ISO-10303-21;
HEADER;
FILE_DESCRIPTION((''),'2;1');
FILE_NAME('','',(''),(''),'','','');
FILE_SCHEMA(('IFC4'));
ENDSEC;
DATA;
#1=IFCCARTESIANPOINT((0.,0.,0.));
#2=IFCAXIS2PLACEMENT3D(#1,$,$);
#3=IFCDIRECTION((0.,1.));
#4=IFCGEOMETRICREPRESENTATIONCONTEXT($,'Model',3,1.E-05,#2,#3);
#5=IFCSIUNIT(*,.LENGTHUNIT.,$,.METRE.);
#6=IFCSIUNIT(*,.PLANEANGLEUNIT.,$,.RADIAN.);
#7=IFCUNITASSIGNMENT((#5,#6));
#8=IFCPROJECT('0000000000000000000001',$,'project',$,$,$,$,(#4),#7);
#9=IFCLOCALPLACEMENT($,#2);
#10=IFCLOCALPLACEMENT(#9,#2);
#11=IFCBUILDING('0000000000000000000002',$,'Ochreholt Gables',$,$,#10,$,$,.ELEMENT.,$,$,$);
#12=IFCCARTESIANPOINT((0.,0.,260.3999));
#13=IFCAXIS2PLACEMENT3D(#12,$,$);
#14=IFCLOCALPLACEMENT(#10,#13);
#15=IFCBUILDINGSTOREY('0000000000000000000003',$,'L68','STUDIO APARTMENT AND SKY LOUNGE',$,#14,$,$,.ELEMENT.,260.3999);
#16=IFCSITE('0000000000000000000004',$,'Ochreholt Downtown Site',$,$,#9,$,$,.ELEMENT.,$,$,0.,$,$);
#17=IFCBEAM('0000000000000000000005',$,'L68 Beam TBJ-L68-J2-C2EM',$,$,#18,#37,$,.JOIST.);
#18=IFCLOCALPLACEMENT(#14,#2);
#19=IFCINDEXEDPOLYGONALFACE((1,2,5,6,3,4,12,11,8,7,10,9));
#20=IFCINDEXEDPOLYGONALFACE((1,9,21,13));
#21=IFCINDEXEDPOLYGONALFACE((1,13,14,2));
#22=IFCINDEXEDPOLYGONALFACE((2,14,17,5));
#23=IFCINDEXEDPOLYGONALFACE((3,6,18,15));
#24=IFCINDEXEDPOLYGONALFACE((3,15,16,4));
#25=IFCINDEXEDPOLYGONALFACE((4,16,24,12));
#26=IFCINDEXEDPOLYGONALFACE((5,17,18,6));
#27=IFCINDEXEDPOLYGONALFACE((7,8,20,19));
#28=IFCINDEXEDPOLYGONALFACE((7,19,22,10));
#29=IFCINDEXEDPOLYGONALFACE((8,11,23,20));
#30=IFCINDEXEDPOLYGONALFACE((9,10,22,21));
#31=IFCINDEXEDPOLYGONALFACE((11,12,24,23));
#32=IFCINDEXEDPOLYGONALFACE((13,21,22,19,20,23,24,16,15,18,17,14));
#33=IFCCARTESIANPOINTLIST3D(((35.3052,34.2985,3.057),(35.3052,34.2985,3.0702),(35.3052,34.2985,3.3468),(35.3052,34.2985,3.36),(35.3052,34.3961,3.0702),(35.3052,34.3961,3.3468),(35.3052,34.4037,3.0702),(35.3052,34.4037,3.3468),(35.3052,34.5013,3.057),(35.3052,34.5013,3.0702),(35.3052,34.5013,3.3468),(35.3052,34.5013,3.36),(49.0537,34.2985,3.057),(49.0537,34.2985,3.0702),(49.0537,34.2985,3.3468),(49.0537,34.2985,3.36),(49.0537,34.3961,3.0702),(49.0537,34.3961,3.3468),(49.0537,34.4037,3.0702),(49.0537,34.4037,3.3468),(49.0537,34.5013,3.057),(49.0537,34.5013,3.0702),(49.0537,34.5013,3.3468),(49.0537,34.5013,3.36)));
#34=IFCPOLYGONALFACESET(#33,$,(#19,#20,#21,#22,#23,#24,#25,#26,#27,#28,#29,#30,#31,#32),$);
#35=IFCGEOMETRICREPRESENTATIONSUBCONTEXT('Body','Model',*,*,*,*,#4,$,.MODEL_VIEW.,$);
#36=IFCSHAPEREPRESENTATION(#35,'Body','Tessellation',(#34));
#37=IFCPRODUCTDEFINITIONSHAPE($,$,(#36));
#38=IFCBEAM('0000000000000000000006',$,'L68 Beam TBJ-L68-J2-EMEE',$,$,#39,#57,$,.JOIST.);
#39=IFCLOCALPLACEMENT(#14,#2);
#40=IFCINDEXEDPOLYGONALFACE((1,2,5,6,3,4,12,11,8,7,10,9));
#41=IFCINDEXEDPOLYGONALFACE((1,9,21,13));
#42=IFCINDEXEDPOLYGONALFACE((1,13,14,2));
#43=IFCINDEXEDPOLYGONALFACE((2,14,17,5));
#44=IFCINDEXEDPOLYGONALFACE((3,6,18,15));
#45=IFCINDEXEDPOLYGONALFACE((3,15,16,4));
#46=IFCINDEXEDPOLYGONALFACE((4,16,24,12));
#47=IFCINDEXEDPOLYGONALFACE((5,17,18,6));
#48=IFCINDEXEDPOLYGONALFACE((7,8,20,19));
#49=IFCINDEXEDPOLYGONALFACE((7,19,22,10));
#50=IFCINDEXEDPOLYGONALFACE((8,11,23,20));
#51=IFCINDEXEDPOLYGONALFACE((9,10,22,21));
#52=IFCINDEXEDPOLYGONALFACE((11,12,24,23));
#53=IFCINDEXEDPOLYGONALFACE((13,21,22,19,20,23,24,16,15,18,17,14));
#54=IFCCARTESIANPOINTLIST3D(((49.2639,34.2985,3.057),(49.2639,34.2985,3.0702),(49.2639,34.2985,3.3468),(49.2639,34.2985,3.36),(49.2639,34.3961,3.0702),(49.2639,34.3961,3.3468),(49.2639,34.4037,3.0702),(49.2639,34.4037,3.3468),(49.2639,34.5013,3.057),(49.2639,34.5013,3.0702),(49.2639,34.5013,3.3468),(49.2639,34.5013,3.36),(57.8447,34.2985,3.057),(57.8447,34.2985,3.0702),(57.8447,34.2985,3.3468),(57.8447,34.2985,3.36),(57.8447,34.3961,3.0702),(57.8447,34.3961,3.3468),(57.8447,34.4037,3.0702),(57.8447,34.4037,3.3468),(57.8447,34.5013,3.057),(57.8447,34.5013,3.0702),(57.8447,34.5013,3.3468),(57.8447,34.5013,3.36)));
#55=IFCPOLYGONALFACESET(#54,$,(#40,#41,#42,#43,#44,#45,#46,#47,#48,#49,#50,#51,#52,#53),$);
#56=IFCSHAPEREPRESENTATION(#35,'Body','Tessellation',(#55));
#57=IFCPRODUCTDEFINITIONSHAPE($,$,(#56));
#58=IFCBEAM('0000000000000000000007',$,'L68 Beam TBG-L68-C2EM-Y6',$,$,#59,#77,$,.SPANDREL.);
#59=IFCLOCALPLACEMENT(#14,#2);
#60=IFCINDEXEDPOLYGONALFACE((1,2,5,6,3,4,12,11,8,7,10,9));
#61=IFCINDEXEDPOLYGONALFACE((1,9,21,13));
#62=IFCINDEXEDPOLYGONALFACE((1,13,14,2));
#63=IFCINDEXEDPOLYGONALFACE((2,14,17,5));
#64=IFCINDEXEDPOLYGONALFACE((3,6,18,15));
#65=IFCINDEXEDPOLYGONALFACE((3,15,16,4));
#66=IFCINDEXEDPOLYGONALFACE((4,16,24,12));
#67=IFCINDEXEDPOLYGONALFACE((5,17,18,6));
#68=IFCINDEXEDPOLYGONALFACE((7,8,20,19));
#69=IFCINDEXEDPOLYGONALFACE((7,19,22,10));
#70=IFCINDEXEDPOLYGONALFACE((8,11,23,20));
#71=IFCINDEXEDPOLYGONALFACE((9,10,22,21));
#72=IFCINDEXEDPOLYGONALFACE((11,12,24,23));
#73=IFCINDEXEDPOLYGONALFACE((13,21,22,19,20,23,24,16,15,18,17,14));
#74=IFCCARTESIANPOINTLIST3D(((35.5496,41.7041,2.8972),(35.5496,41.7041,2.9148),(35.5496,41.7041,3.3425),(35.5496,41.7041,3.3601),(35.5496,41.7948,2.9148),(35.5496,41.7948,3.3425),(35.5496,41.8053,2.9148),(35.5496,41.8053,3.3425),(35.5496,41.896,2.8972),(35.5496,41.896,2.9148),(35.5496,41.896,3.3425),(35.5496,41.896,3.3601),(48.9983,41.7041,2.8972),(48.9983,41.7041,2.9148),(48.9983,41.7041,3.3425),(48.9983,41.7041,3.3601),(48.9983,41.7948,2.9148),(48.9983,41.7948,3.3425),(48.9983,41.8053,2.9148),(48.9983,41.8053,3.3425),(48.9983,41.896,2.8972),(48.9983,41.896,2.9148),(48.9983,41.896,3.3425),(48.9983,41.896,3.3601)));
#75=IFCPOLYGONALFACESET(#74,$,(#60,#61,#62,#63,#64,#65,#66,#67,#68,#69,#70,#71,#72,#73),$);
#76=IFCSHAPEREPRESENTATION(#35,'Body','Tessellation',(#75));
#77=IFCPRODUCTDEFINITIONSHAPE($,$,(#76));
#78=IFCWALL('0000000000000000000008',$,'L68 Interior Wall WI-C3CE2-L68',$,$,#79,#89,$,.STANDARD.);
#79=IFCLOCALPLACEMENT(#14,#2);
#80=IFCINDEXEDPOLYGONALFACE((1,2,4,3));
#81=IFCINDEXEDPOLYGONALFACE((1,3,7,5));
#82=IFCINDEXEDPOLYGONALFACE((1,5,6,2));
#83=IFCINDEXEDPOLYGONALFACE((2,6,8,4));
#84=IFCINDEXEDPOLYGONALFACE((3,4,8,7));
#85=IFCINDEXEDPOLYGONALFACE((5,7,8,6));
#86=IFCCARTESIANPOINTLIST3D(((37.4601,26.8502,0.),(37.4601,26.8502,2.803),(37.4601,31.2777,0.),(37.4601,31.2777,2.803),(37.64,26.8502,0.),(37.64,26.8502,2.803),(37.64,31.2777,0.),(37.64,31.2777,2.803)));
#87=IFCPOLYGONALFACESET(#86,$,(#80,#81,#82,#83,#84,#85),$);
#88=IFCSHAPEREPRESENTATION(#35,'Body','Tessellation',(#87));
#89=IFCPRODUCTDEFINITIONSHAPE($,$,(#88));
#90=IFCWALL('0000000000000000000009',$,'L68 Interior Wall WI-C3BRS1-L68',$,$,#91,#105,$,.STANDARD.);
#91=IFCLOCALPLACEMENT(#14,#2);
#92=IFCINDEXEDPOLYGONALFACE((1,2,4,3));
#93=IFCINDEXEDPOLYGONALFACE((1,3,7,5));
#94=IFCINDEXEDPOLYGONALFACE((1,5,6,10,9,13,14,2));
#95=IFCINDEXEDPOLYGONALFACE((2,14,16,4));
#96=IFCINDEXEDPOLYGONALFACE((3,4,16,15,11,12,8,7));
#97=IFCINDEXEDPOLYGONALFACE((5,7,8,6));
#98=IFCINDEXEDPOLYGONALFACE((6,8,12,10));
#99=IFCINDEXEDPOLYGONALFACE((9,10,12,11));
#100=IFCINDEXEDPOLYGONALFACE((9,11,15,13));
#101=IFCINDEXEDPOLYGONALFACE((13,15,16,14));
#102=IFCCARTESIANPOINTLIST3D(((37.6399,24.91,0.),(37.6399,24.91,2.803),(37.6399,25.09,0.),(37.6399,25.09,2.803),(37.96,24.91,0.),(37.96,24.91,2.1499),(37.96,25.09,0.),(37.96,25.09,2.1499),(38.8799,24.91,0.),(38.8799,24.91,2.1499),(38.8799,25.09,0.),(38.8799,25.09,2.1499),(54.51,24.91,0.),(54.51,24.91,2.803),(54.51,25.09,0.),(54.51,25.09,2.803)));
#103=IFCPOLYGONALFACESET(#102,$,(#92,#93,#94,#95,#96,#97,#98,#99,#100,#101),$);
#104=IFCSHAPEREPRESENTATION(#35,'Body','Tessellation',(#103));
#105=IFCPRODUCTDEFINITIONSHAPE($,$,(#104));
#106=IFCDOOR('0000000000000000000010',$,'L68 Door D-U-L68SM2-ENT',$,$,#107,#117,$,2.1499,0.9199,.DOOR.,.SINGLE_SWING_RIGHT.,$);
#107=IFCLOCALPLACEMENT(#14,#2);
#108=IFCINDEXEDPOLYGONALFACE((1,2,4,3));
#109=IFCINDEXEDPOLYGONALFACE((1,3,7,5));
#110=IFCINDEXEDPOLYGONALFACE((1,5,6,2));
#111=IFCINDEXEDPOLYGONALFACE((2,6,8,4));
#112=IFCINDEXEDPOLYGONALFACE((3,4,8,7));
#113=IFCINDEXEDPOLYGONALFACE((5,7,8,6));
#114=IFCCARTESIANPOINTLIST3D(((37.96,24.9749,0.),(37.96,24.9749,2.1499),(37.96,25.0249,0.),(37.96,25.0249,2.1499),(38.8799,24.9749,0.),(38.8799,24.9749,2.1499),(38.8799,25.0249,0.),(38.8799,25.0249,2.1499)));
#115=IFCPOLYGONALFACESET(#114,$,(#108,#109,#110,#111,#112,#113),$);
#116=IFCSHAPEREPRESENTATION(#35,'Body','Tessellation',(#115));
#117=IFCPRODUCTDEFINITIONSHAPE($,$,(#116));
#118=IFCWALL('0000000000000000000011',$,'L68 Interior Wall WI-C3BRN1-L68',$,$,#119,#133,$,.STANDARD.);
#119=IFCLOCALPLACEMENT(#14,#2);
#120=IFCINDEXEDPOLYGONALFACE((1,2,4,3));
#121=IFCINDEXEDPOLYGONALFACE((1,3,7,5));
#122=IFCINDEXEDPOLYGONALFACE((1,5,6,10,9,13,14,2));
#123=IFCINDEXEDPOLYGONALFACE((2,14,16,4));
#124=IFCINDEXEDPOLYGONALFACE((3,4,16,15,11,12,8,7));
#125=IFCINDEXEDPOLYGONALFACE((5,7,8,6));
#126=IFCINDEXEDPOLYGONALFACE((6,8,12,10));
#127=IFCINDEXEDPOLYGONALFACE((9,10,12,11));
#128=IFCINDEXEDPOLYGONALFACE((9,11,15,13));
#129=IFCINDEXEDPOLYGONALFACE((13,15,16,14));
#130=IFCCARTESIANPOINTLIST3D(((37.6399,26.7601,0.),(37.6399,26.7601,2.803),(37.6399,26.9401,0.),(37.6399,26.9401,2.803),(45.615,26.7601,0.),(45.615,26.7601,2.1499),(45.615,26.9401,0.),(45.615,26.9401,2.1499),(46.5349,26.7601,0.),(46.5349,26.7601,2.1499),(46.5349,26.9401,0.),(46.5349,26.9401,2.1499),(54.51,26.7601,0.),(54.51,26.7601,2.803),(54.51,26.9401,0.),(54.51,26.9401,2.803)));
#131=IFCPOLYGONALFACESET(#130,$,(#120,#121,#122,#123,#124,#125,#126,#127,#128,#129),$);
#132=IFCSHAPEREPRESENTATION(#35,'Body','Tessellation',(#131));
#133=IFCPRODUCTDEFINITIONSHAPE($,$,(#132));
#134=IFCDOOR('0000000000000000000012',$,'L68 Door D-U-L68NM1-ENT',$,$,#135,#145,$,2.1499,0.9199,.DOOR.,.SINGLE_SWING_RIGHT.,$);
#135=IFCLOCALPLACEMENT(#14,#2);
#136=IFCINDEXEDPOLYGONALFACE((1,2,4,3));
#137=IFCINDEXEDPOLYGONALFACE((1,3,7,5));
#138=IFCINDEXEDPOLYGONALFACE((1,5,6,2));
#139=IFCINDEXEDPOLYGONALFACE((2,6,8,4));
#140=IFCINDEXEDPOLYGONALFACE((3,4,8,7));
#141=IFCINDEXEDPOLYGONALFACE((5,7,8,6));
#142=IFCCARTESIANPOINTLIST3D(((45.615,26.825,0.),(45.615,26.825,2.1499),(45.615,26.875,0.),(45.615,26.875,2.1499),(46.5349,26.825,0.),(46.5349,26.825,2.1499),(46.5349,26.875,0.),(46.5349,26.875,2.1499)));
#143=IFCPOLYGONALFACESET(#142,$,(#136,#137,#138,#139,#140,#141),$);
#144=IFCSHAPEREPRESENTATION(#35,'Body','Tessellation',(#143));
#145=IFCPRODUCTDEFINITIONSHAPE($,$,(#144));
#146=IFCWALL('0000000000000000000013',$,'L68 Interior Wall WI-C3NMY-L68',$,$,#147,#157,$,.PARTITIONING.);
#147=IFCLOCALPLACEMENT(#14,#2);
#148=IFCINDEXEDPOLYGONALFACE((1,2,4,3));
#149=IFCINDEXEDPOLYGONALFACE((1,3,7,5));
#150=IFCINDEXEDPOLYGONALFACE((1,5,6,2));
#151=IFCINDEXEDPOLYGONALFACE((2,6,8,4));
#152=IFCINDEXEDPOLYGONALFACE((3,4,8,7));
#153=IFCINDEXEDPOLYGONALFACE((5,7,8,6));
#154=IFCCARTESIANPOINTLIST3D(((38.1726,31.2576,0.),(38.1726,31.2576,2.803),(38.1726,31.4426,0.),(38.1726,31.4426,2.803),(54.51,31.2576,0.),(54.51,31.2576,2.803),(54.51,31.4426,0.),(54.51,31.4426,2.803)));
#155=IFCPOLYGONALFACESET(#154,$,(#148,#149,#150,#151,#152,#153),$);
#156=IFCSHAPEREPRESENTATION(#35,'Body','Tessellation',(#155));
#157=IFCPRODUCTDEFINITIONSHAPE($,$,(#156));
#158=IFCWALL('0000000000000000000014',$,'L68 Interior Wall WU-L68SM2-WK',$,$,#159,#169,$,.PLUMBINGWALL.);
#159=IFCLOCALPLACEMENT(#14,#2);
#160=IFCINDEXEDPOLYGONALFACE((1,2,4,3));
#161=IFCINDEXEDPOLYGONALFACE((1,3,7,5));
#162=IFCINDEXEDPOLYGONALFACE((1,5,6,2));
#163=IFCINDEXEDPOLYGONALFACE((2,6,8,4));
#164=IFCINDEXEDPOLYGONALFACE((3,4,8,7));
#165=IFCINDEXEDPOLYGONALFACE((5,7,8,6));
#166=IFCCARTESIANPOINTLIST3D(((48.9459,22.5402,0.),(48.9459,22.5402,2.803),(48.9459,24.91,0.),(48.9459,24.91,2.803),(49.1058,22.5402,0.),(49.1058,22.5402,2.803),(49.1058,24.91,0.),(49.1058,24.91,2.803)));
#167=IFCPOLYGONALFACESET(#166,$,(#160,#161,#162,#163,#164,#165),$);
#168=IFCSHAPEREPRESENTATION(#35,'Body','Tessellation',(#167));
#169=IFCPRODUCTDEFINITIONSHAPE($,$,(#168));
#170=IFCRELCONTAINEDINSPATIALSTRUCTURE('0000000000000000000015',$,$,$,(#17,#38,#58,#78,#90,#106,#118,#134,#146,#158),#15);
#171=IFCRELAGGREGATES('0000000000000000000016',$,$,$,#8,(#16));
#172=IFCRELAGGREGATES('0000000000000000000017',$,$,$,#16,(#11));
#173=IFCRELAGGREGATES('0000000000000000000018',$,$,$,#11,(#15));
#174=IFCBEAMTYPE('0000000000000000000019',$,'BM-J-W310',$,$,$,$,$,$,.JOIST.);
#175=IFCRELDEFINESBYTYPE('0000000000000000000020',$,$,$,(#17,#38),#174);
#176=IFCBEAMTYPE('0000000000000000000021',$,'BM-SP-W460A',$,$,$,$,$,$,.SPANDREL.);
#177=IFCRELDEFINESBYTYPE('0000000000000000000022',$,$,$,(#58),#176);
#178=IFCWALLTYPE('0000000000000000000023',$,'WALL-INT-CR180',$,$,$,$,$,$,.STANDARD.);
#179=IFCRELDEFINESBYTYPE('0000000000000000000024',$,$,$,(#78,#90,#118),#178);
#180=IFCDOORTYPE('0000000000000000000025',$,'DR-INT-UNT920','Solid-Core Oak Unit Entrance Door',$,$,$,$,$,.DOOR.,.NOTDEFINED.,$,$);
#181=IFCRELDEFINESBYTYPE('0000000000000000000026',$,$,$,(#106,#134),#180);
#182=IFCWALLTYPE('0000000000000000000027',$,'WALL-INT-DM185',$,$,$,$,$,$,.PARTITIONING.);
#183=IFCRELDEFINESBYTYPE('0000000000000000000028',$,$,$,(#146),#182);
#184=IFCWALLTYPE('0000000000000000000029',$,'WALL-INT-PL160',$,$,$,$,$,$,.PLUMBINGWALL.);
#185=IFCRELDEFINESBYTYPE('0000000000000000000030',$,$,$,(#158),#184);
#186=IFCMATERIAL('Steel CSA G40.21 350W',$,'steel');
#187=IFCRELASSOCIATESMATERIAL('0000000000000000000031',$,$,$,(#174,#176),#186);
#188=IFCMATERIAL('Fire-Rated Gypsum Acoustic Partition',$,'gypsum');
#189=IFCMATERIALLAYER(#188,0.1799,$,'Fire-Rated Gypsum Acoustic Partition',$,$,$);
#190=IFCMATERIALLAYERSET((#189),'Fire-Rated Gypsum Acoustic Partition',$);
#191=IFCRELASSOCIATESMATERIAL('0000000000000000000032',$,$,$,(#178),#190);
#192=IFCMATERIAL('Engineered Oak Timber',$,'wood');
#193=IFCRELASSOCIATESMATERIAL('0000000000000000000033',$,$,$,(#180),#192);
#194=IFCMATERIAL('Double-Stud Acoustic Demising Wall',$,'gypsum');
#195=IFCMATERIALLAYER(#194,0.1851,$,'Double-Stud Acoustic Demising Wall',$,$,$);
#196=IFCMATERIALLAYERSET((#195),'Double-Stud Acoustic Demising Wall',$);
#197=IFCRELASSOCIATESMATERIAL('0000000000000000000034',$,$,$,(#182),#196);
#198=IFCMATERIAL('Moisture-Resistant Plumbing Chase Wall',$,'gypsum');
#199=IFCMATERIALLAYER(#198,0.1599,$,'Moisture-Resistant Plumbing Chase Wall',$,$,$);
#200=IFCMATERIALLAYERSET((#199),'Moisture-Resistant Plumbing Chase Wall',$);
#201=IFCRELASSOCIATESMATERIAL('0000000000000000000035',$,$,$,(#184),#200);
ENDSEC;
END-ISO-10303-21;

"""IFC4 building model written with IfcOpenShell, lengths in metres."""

from ifc_helpers import new_model, si_unit, direction, frame, frame_2d, origin, origin_2d, place, context, subcontext, project, spatial, rectangle, i_section, extrude, material, layer, layer_set, material_profile, profile_set, type_object, element, fill, save


model = new_model("IFC4")

# Units and contexts
model_context = context("Model", 3, precision=1e-05, world=origin(), true_north=direction((0.0, 1.0)))
body_context = subcontext(model_context, "Body", "Model", "MODEL_VIEW")
ifc_project = project(units=[si_unit("LENGTHUNIT", "METRE"), si_unit("PLANEANGLEUNIT", "RADIAN")], contexts=[model_context])

# Site, building, storey
site_placement = place(None, origin())
site = spatial("IfcSite", under=ifc_project, at=site_placement, Name="Ochreholt Downtown Site", CompositionType="ELEMENT", RefElevation=0.0)
building_placement = place(site_placement, origin())
building = spatial("IfcBuilding", under=site, at=building_placement, Name="Ochreholt Gables", CompositionType="ELEMENT")
storey_placement = place(building_placement, frame((0.0, 0.0, 260.3999)))
storey = spatial("IfcBuildingStorey", under=building, at=storey_placement, Name="L68", Description="STUDIO APARTMENT AND SKY LOUNGE", CompositionType="ELEMENT", Elevation=260.3999)

# Shared definitions
ifc_material_1 = material(Name="Steel CSA G40.21 350W", Category="steel")

# Beams
ifc_material_profile_1 = material_profile(ifc_material_1, i_section(OverallWidth=0.2029, OverallDepth=0.303, WebThickness=0.0076, FlangeThickness=0.0132, at=origin_2d()), Name="W310X60")
ifc_profile_set_1 = profile_set([ifc_material_profile_1], Name="Steel CSA G40.21 350W")
beam_type_1 = type_object("IfcBeamType", Name="BM-J-W310", PredefinedType="JOIST", material=ifc_profile_set_1)
beam_1_placement = place(storey_placement, frame((35.3052, 34.3999, 3.2085), z_axis=(1.0, 0.0, 0.0), x_axis=(0.0, 1.0, 0.0)))
element("IfcBeam", 1, at=beam_1_placement, inside=storey, type_object=beam_type_1, Name="L68 Beam TBJ-L68-J2-C2EM", PredefinedType="JOIST", context=body_context, shape_type="SweptSolid", body=[
    extrude(i_section(OverallWidth=0.2029, OverallDepth=0.303, WebThickness=0.0076, FlangeThickness=0.0132, at=origin_2d()), origin(), (0.0, 0.0, 1.0), 13.7485),
])
beam_2_placement = place(storey_placement, frame((49.2639, 34.3999, 3.2085), z_axis=(1.0, 0.0, 0.0), x_axis=(0.0, 1.0, 0.0)))
element("IfcBeam", 2, at=beam_2_placement, inside=storey, type_object=beam_type_1, Name="L68 Beam TBJ-L68-J2-EMEE", PredefinedType="JOIST", context=body_context, shape_type="SweptSolid", body=[
    extrude(i_section(OverallWidth=0.2029, OverallDepth=0.303, WebThickness=0.0076, FlangeThickness=0.0132, at=origin_2d()), origin(), (0.0, 0.0, 1.0), 8.5808),
])
ifc_material_profile_2 = material_profile(ifc_material_1, i_section(OverallWidth=0.1919, OverallDepth=0.4629, WebThickness=0.0105, FlangeThickness=0.0176, at=origin_2d()), Name="W460X89")
ifc_profile_set_2 = profile_set([ifc_material_profile_2], Name="Steel CSA G40.21 350W")
beam_type_2 = type_object("IfcBeamType", Name="BM-SP-W460A", PredefinedType="SPANDREL", material=ifc_profile_set_2)
beam_3_placement = place(storey_placement, frame((35.5496, 41.8, 3.1287), z_axis=(1.0, 0.0, 0.0), x_axis=(0.0, 1.0, 0.0)))
element("IfcBeam", 3, at=beam_3_placement, inside=storey, type_object=beam_type_2, Name="L68 Beam TBG-L68-C2EM-Y6", PredefinedType="SPANDREL", context=body_context, shape_type="SweptSolid", body=[
    extrude(i_section(OverallWidth=0.1919, OverallDepth=0.4629, WebThickness=0.0105, FlangeThickness=0.0176, at=origin_2d()), origin(), (0.0, 0.0, 1.0), 13.4487),
])

# Wall
ifc_material_2 = material(Name="Fire-Rated Gypsum Acoustic Partition", Category="gypsum")
ifc_layer_1 = layer(ifc_material_2, 0.1799, Name="Fire-Rated Gypsum Acoustic Partition")
ifc_layer_set_1 = layer_set([ifc_layer_1], Name="Fire-Rated Gypsum Acoustic Partition")
wall_type_1 = type_object("IfcWallType", Name="WALL-INT-CR180", PredefinedType="STANDARD", material=ifc_layer_set_1)
wall_1_placement = place(storey_placement, frame((37.55, 26.8501, 0.0), z_axis=(0.0, 0.0, 1.0), x_axis=(0.0, 1.0, 0.0)))
element("IfcWall", 4, at=wall_1_placement, inside=storey, type_object=wall_type_1, Name="L68 Interior Wall WI-C3CE2-L68", PredefinedType="STANDARD", context=body_context, shape_type="SweptSolid", body=[
    extrude(rectangle(XDim=4.4275, YDim=0.1799, at=frame_2d((2.2139, 0.0))), origin(), (0.0, 0.0, 1.0), 2.803),
])

# Walls, openings, doors
wall_2_placement = place(storey_placement, frame((37.6399, 25.0, 0.0), z_axis=(0.0, 0.0, 1.0), x_axis=(1.0, 0.0, 0.0)))
wall_2 = element("IfcWall", 5, at=wall_2_placement, inside=storey, type_object=wall_type_1, Name="L68 Interior Wall WI-C3BRS1-L68", PredefinedType="STANDARD", context=body_context, shape_type="SweptSolid", body=[
    extrude(rectangle(XDim=16.8701, YDim=0.1799, at=frame_2d((8.4351, 0.0))), origin(), (0.0, 0.0, 1.0), 2.803),
])
opening_1_placement = place(wall_2_placement, frame((0.3201, 0.0, 0.0)))
opening_1 = element("IfcOpeningElement", 6, at=opening_1_placement, cuts=wall_2, PredefinedType="OPENING", context=body_context, shape_type="SweptSolid", body=[
    extrude(rectangle(XDim=0.9199, YDim=2.1499, at=frame_2d((0.46, 1.075))), frame((0.0, 0.0999, 0.0), z_axis=(0.0, -1.0, 0.0), x_axis=(1.0, 0.0, 0.0)), (0.0, 0.0, 1.0), 0.2),
])
ifc_material_3 = material(Name="Engineered Oak Timber", Category="wood")
door_type_1 = type_object("IfcDoorType", Name="DR-INT-UNT920", Description="Solid-Core Oak Unit Entrance Door", OperationType="NOTDEFINED", PredefinedType="DOOR", material=ifc_material_3)
door_1_placement = place(opening_1_placement, origin())
door_1 = element("IfcDoor", 7, at=door_1_placement, inside=storey, type_object=door_type_1, Name="L68 Door D-U-L68SM2-ENT", OperationType="SINGLE_SWING_RIGHT", OverallHeight=2.1499, OverallWidth=0.9199, PredefinedType="DOOR", context=body_context, shape_type="SweptSolid", body=[
    extrude(rectangle(XDim=0.9199, YDim=2.1499, at=frame_2d((0.46, 1.075))), frame((0.0, 0.0249, 0.0), z_axis=(0.0, -1.0, 0.0), x_axis=(1.0, 0.0, 0.0)), (0.0, 0.0, 1.0), 0.05),
])
fill(opening_1, door_1)
wall_3_placement = place(storey_placement, frame((37.6399, 26.8501, 0.0), z_axis=(0.0, 0.0, 1.0), x_axis=(1.0, 0.0, 0.0)))
wall_3 = element("IfcWall", 8, at=wall_3_placement, inside=storey, type_object=wall_type_1, Name="L68 Interior Wall WI-C3BRN1-L68", PredefinedType="STANDARD", context=body_context, shape_type="SweptSolid", body=[
    extrude(rectangle(XDim=16.8701, YDim=0.1799, at=frame_2d((8.4351, 0.0))), origin(), (0.0, 0.0, 1.0), 2.803),
])
opening_2_placement = place(wall_3_placement, frame((7.9751, 0.0, 0.0)))
opening_2 = element("IfcOpeningElement", 9, at=opening_2_placement, cuts=wall_3, PredefinedType="OPENING", context=body_context, shape_type="SweptSolid", body=[
    extrude(rectangle(XDim=0.9199, YDim=2.1499, at=frame_2d((0.46, 1.075))), frame((0.0, 0.0999, 0.0), z_axis=(0.0, -1.0, 0.0), x_axis=(1.0, 0.0, 0.0)), (0.0, 0.0, 1.0), 0.2),
])
door_2_placement = place(opening_2_placement, origin())
door_2 = element("IfcDoor", 10, at=door_2_placement, inside=storey, type_object=door_type_1, Name="L68 Door D-U-L68NM1-ENT", OperationType="SINGLE_SWING_RIGHT", OverallHeight=2.1499, OverallWidth=0.9199, PredefinedType="DOOR", context=body_context, shape_type="SweptSolid", body=[
    extrude(rectangle(XDim=0.9199, YDim=2.1499, at=frame_2d((0.46, 1.075))), frame((0.0, 0.0249, 0.0), z_axis=(0.0, -1.0, 0.0), x_axis=(1.0, 0.0, 0.0)), (0.0, 0.0, 1.0), 0.05),
])
fill(opening_2, door_2)

# Wall
ifc_material_4 = material(Name="Double-Stud Acoustic Demising Wall", Category="gypsum")
ifc_layer_2 = layer(ifc_material_4, 0.1851, Name="Double-Stud Acoustic Demising Wall")
ifc_layer_set_2 = layer_set([ifc_layer_2], Name="Double-Stud Acoustic Demising Wall")
wall_type_2 = type_object("IfcWallType", Name="WALL-INT-DM185", PredefinedType="PARTITIONING", material=ifc_layer_set_2)
wall_4_placement = place(storey_placement, frame((38.1726, 31.3501, 0.0), z_axis=(0.0, 0.0, 1.0), x_axis=(1.0, 0.0, 0.0)))
element("IfcWall", 11, at=wall_4_placement, inside=storey, type_object=wall_type_2, Name="L68 Interior Wall WI-C3NMY-L68", PredefinedType="PARTITIONING", context=body_context, shape_type="SweptSolid", body=[
    extrude(rectangle(XDim=16.3374, YDim=0.1851, at=frame_2d((8.1687, 0.0))), origin(), (0.0, 0.0, 1.0), 2.803),
])

# Shared definitions
ifc_material_5 = material(Name="Moisture-Resistant Plumbing Chase Wall", Category="gypsum")
ifc_layer_3 = layer(ifc_material_5, 0.1599, Name="Moisture-Resistant Plumbing Chase Wall")
ifc_layer_set_3 = layer_set([ifc_layer_3], Name="Moisture-Resistant Plumbing Chase Wall")
wall_type_3 = type_object("IfcWallType", Name="WALL-INT-PL160", PredefinedType="PLUMBINGWALL", material=ifc_layer_set_3)

# Wall
wall_5_placement = place(storey_placement, frame((49.0259, 22.54, 0.0), z_axis=(0.0, 0.0, 1.0), x_axis=(0.0, 1.0, 0.0)))
element("IfcWall", 12, at=wall_5_placement, inside=storey, type_object=wall_type_3, Name="L68 Interior Wall WU-L68SM2-WK", PredefinedType="PLUMBINGWALL", context=body_context, shape_type="SweptSolid", body=[
    extrude(rectangle(XDim=2.3699, YDim=0.1599, at=frame_2d((1.1851, 0.0))), origin(), (0.0, 0.0, 1.0), 2.803),
])

save(model, "model.ifc")
